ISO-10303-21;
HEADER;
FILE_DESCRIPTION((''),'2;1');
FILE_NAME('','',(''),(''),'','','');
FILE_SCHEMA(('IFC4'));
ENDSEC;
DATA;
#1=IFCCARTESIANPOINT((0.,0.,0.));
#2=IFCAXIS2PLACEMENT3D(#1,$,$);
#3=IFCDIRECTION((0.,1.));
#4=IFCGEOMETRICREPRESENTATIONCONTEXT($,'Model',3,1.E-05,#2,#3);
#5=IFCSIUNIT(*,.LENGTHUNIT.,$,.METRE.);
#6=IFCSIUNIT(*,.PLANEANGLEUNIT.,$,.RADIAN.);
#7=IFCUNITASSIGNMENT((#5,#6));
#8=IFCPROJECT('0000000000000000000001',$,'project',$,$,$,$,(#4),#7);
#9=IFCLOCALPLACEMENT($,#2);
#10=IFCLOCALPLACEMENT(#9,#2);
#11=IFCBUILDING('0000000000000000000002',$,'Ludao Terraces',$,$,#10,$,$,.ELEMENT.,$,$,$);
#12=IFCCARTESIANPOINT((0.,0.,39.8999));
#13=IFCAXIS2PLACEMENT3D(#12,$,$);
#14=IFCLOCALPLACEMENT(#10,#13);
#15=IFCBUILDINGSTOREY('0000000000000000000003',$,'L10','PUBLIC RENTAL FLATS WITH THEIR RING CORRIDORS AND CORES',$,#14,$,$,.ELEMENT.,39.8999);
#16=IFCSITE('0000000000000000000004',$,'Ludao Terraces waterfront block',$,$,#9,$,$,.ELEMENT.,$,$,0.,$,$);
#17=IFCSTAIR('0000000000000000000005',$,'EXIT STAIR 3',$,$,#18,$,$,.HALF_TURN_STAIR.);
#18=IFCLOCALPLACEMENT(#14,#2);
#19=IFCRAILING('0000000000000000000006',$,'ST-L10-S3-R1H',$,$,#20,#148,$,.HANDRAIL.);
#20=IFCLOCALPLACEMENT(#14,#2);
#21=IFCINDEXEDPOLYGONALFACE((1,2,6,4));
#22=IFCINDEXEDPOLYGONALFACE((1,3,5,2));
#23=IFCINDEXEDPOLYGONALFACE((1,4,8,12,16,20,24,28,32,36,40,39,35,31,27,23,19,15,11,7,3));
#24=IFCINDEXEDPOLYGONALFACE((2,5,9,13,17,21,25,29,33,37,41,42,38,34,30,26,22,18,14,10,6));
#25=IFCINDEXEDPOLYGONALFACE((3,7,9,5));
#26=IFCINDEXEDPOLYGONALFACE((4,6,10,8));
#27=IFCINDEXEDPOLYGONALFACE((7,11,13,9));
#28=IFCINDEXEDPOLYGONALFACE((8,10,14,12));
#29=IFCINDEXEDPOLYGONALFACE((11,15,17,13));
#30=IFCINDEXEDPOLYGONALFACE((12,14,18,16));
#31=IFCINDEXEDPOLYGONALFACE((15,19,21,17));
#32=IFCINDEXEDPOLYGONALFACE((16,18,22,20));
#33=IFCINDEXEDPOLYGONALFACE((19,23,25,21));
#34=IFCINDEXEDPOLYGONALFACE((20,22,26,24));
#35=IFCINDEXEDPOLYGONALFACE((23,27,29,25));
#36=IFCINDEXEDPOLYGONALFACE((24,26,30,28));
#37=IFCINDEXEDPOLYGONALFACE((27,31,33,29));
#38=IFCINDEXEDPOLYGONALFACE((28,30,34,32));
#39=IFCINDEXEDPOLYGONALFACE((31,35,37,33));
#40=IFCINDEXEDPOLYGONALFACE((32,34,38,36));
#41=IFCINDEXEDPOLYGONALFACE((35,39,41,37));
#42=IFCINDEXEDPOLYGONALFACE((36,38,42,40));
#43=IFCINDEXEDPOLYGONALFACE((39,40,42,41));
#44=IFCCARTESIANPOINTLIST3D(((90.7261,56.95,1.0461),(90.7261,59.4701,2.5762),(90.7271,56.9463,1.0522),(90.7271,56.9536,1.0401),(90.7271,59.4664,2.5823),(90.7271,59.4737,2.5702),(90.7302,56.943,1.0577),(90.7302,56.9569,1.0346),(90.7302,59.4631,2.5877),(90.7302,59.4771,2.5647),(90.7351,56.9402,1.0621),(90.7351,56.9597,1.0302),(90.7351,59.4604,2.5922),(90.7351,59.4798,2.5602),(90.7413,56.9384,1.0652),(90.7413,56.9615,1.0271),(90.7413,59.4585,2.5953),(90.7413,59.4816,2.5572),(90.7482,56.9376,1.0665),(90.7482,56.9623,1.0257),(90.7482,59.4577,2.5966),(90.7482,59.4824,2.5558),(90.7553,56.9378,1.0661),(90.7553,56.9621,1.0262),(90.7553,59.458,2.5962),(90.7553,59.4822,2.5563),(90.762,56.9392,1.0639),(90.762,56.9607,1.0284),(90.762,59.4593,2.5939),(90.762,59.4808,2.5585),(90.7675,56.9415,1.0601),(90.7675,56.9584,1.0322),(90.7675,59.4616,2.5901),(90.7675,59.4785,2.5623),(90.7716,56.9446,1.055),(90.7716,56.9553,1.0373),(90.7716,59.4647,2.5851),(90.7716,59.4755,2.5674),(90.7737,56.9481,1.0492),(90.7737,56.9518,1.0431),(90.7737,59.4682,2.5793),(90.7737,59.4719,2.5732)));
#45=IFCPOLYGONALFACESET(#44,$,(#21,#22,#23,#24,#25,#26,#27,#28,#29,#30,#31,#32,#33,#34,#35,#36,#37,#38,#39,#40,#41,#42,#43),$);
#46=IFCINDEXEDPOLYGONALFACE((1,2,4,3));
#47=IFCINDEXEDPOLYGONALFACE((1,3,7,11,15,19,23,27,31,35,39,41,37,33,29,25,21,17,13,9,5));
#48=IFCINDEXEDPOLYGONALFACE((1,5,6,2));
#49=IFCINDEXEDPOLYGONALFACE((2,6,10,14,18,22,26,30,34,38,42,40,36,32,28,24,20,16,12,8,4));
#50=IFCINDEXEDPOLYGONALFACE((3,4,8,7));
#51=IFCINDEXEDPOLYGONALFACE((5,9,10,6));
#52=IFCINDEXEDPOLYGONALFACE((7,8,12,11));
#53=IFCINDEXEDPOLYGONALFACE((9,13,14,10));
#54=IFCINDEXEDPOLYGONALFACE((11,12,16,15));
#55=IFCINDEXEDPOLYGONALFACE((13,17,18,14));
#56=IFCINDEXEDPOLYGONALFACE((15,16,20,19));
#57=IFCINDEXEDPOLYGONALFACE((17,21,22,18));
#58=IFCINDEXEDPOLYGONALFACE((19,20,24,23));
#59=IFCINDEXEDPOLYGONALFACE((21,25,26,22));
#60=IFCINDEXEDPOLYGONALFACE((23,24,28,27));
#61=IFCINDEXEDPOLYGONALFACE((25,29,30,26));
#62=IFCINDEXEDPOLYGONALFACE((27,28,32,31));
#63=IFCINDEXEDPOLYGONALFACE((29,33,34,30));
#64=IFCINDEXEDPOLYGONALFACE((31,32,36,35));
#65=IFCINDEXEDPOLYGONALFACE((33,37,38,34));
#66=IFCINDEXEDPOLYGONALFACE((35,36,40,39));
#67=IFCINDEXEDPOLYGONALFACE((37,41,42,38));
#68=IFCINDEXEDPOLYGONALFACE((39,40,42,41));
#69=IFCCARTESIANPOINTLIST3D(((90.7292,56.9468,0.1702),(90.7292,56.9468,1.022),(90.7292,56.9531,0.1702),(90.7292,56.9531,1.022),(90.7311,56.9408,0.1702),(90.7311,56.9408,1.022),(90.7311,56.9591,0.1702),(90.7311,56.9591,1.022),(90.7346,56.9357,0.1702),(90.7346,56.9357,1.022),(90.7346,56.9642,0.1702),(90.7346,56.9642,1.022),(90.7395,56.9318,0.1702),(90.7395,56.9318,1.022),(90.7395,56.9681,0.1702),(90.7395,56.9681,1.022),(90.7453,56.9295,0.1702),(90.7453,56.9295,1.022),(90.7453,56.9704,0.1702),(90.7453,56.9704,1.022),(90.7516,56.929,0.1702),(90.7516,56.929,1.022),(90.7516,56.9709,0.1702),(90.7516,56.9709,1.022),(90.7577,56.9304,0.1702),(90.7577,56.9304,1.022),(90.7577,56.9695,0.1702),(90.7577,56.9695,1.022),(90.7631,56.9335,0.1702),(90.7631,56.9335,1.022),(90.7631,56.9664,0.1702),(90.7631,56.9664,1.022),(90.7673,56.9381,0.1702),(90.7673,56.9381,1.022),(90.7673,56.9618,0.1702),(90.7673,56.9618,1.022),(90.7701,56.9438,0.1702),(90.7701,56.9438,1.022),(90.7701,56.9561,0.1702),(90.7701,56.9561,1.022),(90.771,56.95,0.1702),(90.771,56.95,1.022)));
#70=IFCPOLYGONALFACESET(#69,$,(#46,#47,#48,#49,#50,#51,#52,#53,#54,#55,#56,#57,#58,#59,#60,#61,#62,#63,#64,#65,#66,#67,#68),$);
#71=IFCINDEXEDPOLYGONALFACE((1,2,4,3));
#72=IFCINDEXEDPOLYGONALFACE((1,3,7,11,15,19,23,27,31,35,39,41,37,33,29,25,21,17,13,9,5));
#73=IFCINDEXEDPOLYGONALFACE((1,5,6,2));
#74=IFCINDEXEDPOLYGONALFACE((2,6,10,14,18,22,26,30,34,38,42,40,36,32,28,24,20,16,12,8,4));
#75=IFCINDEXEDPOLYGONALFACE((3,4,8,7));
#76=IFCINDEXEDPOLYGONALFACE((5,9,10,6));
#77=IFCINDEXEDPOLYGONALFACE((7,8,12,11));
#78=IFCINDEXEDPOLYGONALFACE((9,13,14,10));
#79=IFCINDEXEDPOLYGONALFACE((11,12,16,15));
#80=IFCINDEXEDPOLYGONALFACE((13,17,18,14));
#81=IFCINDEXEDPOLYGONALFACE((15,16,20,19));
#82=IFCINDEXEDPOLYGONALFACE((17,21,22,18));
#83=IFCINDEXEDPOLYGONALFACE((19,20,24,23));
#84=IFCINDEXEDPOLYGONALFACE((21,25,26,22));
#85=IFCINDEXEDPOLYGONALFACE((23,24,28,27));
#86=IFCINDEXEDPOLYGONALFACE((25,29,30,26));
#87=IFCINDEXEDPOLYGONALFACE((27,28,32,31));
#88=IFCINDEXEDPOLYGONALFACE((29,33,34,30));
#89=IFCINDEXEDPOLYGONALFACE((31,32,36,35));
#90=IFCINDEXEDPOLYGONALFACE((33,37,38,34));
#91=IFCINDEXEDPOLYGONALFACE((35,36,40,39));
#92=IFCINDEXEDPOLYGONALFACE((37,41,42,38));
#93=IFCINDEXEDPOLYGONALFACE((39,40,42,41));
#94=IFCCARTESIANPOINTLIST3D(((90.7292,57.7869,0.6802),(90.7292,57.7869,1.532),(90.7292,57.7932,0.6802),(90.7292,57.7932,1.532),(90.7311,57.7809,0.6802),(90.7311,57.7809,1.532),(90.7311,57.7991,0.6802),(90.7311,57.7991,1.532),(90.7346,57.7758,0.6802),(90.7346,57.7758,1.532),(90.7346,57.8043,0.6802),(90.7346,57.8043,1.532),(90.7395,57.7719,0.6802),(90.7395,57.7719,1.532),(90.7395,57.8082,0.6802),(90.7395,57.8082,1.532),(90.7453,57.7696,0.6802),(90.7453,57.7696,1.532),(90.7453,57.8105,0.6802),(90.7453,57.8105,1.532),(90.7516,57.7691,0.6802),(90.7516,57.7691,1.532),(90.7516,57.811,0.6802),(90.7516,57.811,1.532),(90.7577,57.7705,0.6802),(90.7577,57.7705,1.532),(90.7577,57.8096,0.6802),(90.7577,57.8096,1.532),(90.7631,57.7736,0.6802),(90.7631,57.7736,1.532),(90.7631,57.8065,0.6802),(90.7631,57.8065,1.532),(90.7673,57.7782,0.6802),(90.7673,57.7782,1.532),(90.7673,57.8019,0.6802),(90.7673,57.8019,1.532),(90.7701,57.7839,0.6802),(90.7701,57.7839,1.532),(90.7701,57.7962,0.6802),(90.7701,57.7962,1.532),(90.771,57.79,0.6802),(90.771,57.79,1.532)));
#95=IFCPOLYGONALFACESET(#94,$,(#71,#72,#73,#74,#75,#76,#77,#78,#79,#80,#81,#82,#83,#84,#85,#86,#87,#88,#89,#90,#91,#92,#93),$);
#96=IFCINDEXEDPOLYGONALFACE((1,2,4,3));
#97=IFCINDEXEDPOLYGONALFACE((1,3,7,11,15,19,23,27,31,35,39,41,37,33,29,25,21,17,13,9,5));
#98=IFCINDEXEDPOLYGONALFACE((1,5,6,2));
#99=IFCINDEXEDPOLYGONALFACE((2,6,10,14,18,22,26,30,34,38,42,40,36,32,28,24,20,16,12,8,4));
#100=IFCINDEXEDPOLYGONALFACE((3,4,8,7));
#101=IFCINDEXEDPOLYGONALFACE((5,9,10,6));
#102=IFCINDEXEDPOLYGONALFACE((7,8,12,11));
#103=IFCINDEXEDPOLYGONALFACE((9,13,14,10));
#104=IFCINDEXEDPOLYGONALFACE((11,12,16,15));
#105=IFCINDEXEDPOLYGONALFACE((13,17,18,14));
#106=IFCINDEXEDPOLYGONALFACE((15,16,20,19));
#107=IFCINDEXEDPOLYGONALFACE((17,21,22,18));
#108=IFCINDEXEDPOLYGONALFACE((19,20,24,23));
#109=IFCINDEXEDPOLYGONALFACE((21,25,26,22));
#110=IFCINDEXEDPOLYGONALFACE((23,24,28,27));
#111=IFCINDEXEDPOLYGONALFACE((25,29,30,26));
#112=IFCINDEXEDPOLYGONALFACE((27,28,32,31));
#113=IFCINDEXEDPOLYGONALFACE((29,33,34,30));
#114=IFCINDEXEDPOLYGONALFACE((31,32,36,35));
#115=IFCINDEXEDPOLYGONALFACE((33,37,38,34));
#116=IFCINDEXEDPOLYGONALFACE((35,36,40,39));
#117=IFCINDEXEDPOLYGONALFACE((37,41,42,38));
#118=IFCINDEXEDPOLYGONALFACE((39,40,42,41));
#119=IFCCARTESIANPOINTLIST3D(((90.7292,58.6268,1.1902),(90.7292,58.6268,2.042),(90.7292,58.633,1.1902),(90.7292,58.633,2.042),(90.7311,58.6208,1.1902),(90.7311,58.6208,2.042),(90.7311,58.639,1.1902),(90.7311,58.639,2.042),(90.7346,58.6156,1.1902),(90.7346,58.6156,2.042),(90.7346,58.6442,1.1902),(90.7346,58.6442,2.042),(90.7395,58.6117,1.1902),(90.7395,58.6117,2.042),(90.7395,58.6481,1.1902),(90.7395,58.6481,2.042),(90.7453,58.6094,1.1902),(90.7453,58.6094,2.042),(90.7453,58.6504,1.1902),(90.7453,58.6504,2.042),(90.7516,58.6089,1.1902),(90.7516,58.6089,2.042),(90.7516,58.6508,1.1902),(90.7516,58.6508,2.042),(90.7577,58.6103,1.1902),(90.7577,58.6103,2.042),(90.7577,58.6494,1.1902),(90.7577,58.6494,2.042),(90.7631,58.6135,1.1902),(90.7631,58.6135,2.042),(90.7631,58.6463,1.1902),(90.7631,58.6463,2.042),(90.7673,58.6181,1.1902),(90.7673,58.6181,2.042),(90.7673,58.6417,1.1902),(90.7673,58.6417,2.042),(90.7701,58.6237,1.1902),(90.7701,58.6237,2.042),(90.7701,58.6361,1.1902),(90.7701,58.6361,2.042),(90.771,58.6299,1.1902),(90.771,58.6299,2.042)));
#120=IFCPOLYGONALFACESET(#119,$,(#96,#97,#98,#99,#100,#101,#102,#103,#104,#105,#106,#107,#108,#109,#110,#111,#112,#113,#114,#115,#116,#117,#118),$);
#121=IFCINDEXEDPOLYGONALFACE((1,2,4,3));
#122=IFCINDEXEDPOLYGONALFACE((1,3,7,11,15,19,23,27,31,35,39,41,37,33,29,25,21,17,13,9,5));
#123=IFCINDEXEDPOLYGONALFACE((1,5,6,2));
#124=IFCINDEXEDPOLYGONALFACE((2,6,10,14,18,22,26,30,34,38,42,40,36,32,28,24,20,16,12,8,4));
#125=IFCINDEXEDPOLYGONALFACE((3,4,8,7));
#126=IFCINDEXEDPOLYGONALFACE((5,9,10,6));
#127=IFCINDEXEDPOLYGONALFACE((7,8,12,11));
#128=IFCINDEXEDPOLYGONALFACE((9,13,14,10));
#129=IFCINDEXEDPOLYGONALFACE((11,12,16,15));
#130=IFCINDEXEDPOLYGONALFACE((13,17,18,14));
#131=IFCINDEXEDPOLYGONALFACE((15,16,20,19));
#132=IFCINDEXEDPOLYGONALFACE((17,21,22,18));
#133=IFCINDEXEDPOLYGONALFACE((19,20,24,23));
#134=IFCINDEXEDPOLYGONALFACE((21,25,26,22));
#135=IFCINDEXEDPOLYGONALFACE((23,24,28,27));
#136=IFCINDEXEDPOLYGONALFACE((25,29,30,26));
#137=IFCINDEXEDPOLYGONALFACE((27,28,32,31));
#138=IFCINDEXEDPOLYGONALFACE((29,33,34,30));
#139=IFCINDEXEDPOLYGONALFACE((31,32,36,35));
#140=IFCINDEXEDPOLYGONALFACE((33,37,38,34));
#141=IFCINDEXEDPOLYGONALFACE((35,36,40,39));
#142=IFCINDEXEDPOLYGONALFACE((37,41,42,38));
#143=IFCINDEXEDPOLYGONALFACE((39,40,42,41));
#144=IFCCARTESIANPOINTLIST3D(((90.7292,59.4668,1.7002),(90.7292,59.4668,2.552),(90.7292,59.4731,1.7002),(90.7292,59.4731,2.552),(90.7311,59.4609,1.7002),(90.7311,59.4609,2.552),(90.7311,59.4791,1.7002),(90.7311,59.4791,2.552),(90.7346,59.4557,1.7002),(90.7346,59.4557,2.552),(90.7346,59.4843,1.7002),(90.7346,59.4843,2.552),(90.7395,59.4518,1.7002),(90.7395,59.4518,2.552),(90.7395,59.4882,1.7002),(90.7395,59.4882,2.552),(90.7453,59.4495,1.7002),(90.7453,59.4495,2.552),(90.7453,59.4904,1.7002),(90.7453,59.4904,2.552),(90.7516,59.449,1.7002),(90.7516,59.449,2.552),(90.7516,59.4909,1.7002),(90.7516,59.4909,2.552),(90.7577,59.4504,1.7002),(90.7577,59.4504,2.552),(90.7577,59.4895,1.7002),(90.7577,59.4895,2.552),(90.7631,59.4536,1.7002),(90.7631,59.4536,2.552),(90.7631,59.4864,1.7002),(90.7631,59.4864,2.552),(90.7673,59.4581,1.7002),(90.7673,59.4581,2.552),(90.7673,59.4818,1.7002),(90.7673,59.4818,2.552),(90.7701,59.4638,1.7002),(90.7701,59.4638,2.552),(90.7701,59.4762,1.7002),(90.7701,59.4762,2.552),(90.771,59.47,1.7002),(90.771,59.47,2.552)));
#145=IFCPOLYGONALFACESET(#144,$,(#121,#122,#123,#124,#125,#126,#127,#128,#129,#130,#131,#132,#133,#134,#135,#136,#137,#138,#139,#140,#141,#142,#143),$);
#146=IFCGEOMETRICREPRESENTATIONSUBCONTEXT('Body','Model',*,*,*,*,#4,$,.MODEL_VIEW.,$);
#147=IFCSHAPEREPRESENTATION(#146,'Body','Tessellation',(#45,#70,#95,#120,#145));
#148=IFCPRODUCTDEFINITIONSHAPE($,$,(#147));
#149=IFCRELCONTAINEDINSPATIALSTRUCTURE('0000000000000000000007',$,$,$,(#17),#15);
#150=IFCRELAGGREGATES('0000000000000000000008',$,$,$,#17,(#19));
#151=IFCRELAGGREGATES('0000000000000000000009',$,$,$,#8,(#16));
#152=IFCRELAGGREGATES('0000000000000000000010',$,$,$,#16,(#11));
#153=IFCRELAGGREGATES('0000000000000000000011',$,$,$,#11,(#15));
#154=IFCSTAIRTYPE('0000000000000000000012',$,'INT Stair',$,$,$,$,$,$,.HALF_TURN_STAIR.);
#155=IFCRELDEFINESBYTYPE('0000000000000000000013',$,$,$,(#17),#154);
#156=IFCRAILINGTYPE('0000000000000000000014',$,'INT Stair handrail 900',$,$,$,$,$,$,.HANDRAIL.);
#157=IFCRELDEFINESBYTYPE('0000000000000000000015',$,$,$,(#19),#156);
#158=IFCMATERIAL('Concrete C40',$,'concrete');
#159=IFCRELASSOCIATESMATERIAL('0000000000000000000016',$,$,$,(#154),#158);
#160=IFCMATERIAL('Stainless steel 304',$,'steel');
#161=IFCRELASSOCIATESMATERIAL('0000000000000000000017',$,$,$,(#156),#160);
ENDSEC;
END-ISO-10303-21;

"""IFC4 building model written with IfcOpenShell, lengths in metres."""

from ifc_helpers import new_model, si_unit, direction, frame, origin, origin_2d, place, context, subcontext, project, spatial, circle, extrude, material, type_object, element, aggregate, save


model = new_model("IFC4")

# Units and contexts
model_context = context("Model", 3, precision=1e-05, world=origin(), true_north=direction((0.0, 1.0)))
body_context = subcontext(model_context, "Body", "Model", "MODEL_VIEW")
ifc_project = project(units=[si_unit("LENGTHUNIT", "METRE"), si_unit("PLANEANGLEUNIT", "RADIAN")], contexts=[model_context])

# Site, building, storey
site_placement = place(None, origin())
site = spatial("IfcSite", under=ifc_project, at=site_placement, Name="Ludao Terraces waterfront block", CompositionType="ELEMENT", RefElevation=0.0)
building_placement = place(site_placement, origin())
building = spatial("IfcBuilding", under=site, at=building_placement, Name="Ludao Terraces", CompositionType="ELEMENT")
storey_placement = place(building_placement, frame((0.0, 0.0, 39.8999)))
storey = spatial("IfcBuildingStorey", under=building, at=storey_placement, Name="L10", Description="PUBLIC RENTAL FLATS WITH THEIR RING CORRIDORS AND CORES", CompositionType="ELEMENT", Elevation=39.8999)

# Shared definitions
ifc_material_1 = material(Name="Concrete C40", Category="concrete")

# Stair, railing
stair_type = type_object("IfcStairType", Name="INT Stair", PredefinedType="HALF_TURN_STAIR", material=ifc_material_1)
stair_placement = place(storey_placement, origin())
stair = element("IfcStair", 1, at=stair_placement, inside=storey, type_object=stair_type, Name="EXIT STAIR 3", PredefinedType="HALF_TURN_STAIR")
ifc_material_2 = material(Name="Stainless steel 304", Category="steel")
railing_type = type_object("IfcRailingType", Name="INT Stair handrail 900", PredefinedType="HANDRAIL", material=ifc_material_2)
railing_placement = place(storey_placement, frame((90.75, 56.95, 0.1702)))
railing = element("IfcRailing", 2, at=railing_placement, type_object=railing_type, Name="ST-L10-S3-R1H", PredefinedType="HANDRAIL", context=body_context, shape_type="SweptSolid", body=[
    extrude(circle(Radius=0.0239, at=origin_2d()), frame((0.0, 0.0, 0.876), z_axis=(0.0, 0.854785, 0.518982), x_axis=(-1.0, 0.0, 0.0)), (0.0, 0.0, 1.0), 2.9482),
    extrude(circle(Radius=0.021, at=origin_2d()), origin(), (0.0, 0.0, 1.0), 0.8518),
    extrude(circle(Radius=0.021, at=origin_2d()), frame((0.0, 0.8401, 0.51)), (0.0, 0.0, 1.0), 0.8518),
    extrude(circle(Radius=0.021, at=origin_2d()), frame((0.0, 1.6799, 1.02)), (0.0, 0.0, 1.0), 0.8518),
    extrude(circle(Radius=0.021, at=origin_2d()), frame((0.0, 2.52, 1.53)), (0.0, 0.0, 1.0), 0.8518),
])
aggregate(stair, [railing])

save(model, "model.ifc")
